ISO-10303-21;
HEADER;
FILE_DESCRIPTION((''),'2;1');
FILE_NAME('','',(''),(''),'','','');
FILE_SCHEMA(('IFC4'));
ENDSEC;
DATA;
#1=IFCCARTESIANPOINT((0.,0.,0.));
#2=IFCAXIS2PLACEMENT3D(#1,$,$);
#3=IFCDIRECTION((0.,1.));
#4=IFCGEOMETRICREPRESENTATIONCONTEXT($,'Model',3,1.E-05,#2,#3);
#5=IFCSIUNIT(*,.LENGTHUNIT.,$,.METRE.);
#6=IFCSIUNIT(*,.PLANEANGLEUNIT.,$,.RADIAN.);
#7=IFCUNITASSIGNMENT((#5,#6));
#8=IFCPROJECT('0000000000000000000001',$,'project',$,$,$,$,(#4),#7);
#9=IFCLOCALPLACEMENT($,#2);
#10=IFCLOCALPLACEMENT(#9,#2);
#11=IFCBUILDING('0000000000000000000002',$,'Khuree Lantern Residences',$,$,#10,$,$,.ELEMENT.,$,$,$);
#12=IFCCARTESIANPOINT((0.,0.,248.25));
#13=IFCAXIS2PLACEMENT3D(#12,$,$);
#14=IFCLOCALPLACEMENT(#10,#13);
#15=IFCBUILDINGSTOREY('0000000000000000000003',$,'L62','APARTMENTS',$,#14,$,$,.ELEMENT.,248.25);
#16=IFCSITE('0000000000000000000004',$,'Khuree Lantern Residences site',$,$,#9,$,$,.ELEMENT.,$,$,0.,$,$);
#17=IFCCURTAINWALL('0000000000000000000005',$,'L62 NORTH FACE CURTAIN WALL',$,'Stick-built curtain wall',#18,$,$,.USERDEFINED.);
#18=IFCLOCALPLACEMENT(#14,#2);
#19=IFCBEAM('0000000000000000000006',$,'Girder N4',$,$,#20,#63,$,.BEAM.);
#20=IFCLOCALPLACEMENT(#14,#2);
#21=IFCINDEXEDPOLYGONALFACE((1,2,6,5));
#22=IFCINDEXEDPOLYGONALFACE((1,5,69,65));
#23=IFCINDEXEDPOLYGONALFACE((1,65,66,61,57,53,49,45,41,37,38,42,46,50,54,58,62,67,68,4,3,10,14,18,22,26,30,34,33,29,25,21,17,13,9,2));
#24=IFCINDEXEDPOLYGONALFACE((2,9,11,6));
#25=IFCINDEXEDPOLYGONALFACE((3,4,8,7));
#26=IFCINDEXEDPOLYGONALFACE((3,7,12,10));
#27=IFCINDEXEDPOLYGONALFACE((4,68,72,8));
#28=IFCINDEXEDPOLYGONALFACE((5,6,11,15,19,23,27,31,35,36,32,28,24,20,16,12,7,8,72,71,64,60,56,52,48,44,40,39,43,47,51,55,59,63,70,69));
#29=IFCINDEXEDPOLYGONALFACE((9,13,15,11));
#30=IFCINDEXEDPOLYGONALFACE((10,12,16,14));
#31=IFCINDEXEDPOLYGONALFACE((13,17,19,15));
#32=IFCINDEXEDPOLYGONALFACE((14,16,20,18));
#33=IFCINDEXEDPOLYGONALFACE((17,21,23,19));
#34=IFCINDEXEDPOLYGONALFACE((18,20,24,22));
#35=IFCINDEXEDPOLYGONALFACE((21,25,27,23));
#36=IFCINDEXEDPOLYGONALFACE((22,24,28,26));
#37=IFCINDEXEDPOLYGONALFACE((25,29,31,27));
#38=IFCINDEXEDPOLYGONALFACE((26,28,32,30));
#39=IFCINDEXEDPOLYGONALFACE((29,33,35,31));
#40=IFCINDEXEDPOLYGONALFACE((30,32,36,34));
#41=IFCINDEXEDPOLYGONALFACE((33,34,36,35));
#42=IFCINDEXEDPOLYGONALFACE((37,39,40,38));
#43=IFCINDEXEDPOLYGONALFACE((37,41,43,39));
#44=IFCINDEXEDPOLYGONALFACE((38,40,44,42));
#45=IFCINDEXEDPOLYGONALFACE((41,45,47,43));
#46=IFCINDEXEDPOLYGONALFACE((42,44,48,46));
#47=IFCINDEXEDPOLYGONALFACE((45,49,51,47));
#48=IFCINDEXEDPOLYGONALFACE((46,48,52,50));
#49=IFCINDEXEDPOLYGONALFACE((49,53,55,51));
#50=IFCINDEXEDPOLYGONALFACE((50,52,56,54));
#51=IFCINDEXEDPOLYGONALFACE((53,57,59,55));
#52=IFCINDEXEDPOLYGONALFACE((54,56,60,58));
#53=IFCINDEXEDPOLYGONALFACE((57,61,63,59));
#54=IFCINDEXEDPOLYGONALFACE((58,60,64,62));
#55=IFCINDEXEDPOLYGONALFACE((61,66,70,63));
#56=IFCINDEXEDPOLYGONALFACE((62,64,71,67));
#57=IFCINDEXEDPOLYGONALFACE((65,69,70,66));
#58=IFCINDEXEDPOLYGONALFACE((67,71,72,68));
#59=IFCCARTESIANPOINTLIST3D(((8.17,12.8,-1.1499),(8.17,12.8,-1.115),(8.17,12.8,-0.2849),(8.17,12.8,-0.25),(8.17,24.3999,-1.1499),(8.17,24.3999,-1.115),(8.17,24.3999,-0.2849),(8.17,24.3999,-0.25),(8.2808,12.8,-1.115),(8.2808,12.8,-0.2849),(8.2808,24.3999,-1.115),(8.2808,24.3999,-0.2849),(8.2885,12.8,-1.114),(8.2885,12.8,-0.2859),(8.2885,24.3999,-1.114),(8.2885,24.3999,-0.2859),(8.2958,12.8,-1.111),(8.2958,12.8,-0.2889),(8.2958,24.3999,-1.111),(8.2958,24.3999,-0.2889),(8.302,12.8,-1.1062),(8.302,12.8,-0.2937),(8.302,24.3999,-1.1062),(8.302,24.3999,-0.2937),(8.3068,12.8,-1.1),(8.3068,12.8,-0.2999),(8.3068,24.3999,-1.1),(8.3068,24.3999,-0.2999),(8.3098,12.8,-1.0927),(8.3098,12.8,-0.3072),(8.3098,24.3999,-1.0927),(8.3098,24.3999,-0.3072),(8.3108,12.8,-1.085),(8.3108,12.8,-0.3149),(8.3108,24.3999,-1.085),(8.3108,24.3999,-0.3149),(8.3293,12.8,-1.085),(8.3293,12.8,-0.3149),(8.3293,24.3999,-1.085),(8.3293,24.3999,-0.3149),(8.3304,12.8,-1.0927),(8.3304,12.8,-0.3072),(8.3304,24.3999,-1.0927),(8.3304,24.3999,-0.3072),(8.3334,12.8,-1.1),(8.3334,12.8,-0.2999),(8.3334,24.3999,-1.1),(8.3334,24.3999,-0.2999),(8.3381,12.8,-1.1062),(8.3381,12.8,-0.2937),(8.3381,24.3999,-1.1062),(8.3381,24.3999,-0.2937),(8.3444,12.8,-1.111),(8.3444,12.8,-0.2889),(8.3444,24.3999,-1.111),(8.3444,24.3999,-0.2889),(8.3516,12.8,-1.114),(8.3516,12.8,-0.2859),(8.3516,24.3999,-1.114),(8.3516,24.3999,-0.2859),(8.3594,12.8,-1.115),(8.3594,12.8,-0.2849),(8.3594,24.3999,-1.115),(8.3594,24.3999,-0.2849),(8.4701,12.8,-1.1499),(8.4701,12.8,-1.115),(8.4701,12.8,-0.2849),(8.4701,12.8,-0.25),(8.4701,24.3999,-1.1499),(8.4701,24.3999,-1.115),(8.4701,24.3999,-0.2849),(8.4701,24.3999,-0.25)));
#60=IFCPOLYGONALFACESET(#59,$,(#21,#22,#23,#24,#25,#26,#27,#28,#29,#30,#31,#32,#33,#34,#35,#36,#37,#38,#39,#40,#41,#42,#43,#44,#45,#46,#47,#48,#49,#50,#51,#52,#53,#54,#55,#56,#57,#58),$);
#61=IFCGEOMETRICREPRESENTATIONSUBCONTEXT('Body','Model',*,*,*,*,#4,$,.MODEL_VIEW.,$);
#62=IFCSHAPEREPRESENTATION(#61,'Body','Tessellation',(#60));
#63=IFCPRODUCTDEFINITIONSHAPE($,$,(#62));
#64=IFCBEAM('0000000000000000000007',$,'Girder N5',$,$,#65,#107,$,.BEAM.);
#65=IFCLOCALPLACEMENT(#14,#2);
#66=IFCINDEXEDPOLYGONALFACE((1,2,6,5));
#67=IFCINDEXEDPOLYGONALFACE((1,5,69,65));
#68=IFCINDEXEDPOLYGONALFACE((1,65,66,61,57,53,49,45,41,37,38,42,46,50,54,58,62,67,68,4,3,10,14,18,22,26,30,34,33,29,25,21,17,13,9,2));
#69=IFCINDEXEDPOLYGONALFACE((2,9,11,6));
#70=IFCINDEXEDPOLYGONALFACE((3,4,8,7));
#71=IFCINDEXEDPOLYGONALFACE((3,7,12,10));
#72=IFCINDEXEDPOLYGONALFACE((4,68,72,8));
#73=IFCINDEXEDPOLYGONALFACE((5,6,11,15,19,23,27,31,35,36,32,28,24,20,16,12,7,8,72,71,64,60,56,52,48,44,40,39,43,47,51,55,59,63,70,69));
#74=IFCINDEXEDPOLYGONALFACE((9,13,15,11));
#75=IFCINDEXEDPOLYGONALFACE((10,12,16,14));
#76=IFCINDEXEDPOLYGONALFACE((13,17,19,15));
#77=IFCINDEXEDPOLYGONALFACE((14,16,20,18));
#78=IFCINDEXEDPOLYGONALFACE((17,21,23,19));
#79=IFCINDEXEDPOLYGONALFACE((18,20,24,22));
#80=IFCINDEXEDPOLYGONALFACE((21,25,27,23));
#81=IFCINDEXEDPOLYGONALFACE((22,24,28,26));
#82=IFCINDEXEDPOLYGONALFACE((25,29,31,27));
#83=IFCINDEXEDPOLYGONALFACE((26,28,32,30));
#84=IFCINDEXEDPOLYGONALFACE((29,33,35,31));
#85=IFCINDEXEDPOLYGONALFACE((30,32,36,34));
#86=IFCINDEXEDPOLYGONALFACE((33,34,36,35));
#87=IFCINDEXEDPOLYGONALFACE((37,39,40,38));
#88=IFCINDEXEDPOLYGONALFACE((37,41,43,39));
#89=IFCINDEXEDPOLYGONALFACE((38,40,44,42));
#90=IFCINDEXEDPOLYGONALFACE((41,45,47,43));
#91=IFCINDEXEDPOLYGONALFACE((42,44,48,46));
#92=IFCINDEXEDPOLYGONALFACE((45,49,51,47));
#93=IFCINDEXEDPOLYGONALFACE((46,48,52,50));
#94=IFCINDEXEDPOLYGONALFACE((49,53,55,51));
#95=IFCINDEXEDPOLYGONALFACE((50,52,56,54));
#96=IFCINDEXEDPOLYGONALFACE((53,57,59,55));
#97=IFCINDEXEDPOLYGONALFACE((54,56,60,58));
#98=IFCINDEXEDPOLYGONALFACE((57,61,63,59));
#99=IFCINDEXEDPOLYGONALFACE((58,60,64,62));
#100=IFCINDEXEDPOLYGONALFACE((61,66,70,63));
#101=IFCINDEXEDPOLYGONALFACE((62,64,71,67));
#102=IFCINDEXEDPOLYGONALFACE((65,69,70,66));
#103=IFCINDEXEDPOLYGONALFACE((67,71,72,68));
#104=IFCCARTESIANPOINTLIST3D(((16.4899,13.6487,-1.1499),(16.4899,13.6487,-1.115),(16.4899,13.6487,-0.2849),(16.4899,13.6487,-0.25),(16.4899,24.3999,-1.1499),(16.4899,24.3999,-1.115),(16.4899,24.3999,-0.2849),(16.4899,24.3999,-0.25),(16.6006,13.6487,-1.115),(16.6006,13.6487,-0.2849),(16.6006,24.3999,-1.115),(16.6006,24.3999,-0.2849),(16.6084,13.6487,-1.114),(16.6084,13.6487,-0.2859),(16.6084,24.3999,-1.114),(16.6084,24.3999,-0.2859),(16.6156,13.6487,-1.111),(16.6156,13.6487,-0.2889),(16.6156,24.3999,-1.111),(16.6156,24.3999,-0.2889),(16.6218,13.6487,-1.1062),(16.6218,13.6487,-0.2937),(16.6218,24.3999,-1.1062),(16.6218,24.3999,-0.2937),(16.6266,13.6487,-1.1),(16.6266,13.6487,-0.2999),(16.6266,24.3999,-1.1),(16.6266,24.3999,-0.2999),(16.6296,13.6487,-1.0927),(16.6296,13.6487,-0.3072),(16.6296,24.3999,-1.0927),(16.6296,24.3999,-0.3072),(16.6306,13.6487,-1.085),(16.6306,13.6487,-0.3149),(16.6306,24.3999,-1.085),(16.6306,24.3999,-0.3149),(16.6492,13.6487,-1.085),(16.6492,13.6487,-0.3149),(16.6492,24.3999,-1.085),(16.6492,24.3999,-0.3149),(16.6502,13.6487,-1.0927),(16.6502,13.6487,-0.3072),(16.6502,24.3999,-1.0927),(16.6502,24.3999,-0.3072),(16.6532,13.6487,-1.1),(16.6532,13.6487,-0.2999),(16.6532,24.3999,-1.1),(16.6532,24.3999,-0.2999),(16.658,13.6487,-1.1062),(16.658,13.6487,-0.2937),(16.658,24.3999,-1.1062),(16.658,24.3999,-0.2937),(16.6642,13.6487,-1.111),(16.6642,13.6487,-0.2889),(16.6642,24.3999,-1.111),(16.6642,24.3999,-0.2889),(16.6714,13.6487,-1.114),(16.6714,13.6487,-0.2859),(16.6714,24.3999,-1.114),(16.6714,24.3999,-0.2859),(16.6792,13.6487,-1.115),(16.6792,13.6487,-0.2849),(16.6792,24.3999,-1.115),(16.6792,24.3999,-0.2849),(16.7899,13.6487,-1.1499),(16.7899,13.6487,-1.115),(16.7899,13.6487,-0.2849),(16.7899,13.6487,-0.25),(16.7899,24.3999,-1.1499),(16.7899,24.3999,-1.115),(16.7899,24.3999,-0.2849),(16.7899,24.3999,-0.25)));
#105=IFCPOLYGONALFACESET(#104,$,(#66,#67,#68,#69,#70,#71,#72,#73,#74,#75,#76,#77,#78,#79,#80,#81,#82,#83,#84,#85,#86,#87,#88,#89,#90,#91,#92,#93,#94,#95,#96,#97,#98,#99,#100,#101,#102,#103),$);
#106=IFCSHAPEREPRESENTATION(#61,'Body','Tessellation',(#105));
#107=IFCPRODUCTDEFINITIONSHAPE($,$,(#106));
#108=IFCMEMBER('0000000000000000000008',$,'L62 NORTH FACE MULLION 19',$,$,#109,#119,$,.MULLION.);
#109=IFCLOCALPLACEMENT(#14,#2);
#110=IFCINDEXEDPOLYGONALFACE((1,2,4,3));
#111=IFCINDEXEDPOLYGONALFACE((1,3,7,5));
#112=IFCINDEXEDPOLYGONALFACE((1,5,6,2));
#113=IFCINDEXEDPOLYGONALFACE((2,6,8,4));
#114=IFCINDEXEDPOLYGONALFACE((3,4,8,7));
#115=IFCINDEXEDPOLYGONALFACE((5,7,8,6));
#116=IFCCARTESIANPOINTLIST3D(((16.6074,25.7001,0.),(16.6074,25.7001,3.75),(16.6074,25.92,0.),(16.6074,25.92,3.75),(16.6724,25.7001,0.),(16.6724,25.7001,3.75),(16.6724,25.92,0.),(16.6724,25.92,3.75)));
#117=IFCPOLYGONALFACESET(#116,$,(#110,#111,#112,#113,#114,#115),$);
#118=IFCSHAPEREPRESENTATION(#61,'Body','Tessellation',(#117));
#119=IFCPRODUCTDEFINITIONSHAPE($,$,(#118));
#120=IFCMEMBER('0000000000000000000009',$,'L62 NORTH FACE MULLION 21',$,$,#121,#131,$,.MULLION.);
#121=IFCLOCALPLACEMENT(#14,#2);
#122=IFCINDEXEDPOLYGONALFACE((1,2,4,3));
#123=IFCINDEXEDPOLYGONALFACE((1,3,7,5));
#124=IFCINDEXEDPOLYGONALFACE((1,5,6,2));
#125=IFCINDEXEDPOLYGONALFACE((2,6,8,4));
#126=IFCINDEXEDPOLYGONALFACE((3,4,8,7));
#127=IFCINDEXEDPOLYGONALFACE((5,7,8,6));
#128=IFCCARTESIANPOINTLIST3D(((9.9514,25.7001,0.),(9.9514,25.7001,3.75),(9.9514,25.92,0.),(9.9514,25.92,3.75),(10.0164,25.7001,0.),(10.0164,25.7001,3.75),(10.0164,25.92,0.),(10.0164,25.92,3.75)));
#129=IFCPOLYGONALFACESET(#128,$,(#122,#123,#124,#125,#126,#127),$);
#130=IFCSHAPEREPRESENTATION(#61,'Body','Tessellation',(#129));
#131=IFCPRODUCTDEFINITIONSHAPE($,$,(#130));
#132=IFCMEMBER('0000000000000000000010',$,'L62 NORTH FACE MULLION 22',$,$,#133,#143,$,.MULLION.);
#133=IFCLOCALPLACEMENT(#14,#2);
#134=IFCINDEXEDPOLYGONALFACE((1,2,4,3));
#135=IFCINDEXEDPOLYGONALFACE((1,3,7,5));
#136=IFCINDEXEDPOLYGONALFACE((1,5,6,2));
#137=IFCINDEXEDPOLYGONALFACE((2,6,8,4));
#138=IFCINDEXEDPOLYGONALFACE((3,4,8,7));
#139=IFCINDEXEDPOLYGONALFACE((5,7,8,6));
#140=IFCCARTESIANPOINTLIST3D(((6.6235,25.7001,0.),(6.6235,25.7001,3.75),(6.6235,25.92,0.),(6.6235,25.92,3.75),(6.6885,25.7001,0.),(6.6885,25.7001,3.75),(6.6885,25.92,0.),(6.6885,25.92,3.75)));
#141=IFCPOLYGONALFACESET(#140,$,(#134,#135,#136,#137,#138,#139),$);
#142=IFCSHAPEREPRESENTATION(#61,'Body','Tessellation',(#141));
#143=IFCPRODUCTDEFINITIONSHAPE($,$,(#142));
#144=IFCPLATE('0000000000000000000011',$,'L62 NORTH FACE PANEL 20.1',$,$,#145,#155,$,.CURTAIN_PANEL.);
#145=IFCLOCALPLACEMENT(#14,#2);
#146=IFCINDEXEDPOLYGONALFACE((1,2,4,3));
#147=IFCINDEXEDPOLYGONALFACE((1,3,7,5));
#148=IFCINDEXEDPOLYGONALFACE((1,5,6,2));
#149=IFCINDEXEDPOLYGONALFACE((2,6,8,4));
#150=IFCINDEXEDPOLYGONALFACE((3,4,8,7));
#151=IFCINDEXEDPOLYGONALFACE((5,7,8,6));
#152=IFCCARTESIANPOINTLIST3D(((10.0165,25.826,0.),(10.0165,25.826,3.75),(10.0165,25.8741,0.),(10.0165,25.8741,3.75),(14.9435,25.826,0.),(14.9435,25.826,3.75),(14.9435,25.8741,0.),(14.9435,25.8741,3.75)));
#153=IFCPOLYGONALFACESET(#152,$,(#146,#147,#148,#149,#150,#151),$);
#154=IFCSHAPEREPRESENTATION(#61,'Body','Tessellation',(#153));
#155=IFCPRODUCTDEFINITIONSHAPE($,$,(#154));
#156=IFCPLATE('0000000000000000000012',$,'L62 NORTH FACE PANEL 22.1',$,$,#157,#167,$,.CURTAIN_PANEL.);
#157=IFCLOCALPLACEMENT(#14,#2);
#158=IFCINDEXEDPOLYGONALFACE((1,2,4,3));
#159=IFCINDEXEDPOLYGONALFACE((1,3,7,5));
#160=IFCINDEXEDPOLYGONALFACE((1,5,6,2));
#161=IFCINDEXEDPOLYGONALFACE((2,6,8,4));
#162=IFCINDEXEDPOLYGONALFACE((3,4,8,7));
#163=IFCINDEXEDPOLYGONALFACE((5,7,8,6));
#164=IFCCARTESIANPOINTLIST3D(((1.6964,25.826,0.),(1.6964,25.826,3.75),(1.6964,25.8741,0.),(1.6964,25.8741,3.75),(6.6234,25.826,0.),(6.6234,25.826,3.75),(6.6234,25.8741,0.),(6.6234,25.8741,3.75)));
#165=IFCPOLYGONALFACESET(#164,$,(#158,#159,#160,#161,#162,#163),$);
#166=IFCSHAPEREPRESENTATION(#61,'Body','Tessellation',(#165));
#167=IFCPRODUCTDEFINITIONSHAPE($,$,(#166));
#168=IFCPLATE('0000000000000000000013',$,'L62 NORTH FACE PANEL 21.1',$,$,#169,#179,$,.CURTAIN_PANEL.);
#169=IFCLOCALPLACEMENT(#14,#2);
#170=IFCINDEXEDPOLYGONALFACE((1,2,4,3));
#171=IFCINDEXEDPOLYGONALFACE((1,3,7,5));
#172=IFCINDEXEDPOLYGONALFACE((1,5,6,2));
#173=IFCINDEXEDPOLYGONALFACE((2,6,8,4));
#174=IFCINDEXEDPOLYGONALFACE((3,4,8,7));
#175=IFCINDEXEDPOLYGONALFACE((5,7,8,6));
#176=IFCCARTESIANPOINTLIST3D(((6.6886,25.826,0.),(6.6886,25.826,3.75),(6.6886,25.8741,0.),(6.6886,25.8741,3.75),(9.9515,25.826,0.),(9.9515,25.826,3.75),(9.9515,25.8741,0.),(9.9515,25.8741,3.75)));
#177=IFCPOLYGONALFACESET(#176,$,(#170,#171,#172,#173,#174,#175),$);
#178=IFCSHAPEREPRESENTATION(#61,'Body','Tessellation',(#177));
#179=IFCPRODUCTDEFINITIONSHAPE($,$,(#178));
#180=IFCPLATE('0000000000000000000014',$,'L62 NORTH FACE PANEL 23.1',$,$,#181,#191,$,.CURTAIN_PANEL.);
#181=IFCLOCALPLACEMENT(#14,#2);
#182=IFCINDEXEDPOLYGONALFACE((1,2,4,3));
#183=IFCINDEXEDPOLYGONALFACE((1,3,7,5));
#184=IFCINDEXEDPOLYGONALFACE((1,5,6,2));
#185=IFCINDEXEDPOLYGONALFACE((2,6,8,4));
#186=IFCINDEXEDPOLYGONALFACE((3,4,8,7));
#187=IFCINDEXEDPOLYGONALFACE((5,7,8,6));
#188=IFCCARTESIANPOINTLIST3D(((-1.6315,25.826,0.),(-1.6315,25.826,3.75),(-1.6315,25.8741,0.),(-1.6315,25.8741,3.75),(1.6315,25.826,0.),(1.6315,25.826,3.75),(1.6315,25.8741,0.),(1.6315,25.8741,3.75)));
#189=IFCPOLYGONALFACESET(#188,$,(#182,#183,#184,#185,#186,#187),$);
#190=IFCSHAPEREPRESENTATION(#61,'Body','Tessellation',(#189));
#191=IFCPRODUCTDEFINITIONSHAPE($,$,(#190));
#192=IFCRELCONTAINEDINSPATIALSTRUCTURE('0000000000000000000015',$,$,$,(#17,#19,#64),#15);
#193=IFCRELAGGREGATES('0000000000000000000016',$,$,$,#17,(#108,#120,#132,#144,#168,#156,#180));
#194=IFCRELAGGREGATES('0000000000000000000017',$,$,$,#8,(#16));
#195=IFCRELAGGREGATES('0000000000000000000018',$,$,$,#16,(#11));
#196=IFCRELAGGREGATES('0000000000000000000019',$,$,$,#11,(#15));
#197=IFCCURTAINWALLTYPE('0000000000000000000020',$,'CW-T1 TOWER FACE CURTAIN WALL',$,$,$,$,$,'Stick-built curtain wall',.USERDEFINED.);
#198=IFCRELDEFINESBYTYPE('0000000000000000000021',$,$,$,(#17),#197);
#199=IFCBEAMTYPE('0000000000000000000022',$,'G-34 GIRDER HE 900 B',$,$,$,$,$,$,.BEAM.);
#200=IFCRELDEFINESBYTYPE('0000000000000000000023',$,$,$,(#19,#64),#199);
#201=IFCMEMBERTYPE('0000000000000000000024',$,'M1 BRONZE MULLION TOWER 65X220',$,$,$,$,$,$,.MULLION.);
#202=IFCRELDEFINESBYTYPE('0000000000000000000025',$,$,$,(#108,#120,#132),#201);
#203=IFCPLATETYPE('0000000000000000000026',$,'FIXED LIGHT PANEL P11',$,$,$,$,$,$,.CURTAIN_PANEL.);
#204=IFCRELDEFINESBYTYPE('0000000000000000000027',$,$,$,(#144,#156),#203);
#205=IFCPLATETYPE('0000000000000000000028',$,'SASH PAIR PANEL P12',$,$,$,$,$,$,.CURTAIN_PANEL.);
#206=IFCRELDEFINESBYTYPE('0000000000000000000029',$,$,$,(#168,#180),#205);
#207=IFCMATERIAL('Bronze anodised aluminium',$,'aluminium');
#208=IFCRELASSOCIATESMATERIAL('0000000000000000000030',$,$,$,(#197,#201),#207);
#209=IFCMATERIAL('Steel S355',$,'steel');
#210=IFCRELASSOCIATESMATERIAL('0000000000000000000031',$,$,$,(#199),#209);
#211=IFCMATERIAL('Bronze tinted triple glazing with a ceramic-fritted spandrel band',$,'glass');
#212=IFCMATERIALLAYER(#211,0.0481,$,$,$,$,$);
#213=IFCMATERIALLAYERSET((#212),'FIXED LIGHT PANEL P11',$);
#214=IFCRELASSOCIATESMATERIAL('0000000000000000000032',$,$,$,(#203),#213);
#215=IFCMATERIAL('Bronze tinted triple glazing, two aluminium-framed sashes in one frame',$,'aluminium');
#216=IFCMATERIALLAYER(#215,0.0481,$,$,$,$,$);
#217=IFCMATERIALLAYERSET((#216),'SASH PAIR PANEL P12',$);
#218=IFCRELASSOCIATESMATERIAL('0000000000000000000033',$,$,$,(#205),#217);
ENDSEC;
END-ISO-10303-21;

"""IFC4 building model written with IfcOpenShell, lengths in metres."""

from ifc_helpers import new_model, si_unit, direction, frame, origin, origin_2d, place, context, subcontext, project, spatial, rectangle, i_section, extrude, material, layer, layer_set, material_profile, profile_set, type_object, element, aggregate, save


model = new_model("IFC4")

# Units and contexts
model_context = context("Model", 3, precision=1e-05, world=origin(), true_north=direction((0.0, 1.0)))
body_context = subcontext(model_context, "Body", "Model", "MODEL_VIEW")
ifc_project = project(units=[si_unit("LENGTHUNIT", "METRE"), si_unit("PLANEANGLEUNIT", "RADIAN")], contexts=[model_context])

# Site, building, storey
site_placement = place(None, origin())
site = spatial("IfcSite", under=ifc_project, at=site_placement, Name="Khuree Lantern Residences site", CompositionType="ELEMENT", RefElevation=0.0)
building_placement = place(site_placement, origin())
building = spatial("IfcBuilding", under=site, at=building_placement, Name="Khuree Lantern Residences", CompositionType="ELEMENT")
storey_placement = place(building_placement, frame((0.0, 0.0, 248.25)))
storey = spatial("IfcBuildingStorey", under=building, at=storey_placement, Name="L62", Description="APARTMENTS", CompositionType="ELEMENT", Elevation=248.25)

# Shared definitions
ifc_material_1 = material(Name="Steel S355", Category="steel")

# Curtain wall
ifc_material_2 = material(Name="Bronze anodised aluminium", Category="aluminium")
curtain_wall_type = type_object("IfcCurtainWallType", Name="CW-T1 TOWER FACE CURTAIN WALL", ElementType="Stick-built curtain wall", PredefinedType="USERDEFINED", material=ifc_material_2)
curtain_wall_placement = place(storey_placement, origin())
curtain_wall = element("IfcCurtainWall", 1, at=curtain_wall_placement, inside=storey, type_object=curtain_wall_type, Name="L62 NORTH FACE CURTAIN WALL", ObjectType="Stick-built curtain wall", PredefinedType="USERDEFINED")

# Beams
ifc_material_profile_1 = material_profile(ifc_material_1, i_section(OverallWidth=0.3, OverallDepth=0.8999, WebThickness=0.0186, FlangeThickness=0.0349, FilletRadius=0.03, at=origin_2d()), Name="HE 900 B")
ifc_profile_set_1 = profile_set([ifc_material_profile_1], Name="Steel S355")
beam_type_1 = type_object("IfcBeamType", Name="G-34 GIRDER HE 900 B", PredefinedType="BEAM", material=ifc_profile_set_1)
for number, where, z_axis, x_axis, name in (
    (2, (8.3201, 24.3999, -0.7), (0.0, -1.0, 0.0), (1.0, 0.0, 0.0), "Girder N4"),
):
    element("IfcBeam", number, at=place(storey_placement, frame(where, z_axis=z_axis, x_axis=x_axis)), inside=storey, type_object=beam_type_1, Name=name, PredefinedType="BEAM", context=body_context, shape_type="SweptSolid", body=[
        extrude(i_section(OverallWidth=0.3, OverallDepth=0.8999, WebThickness=0.0186, FlangeThickness=0.0349, FilletRadius=0.03, at=origin_2d()), origin(), (0.0, 0.0, 1.0), 11.5999),
    ])
beam_1_placement = place(storey_placement, frame((16.6399, 24.3999, -0.7), z_axis=(0.0, -1.0, 0.0), x_axis=(1.0, 0.0, 0.0)))
element("IfcBeam", 3, at=beam_1_placement, inside=storey, type_object=beam_type_1, Name="Girder N5", PredefinedType="BEAM", context=body_context, shape_type="SweptSolid", body=[
    extrude(i_section(OverallWidth=0.3, OverallDepth=0.8999, WebThickness=0.0186, FlangeThickness=0.0349, FilletRadius=0.03, at=origin_2d()), origin(), (0.0, 0.0, 1.0), 10.7512),
])

# Members
ifc_material_profile_2 = material_profile(ifc_material_2, rectangle(XDim=0.0649, YDim=0.22, at=origin_2d()), Name="M1 65X220")
ifc_profile_set_2 = profile_set([ifc_material_profile_2], Name="Bronze anodised aluminium")
member_type_1 = type_object("IfcMemberType", Name="M1 BRONZE MULLION TOWER 65X220", PredefinedType="MULLION", material=ifc_profile_set_2)
member_1_placement = place(storey_placement, frame((16.6399, 25.8101, 0.0), z_axis=(0.0, 0.0, 1.0), x_axis=(-1.0, 0.0, 0.0)))
member_1 = element("IfcMember", 4, at=member_1_placement, type_object=member_type_1, Name="L62 NORTH FACE MULLION 19", PredefinedType="MULLION", context=body_context, shape_type="SweptSolid", body=[
    extrude(rectangle(XDim=0.0649, YDim=0.22, at=origin_2d()), origin(), (0.0, 0.0, 1.0), 3.75),
])
member_2_placement = place(storey_placement, frame((9.9839, 25.8101, 0.0), z_axis=(0.0, 0.0, 1.0), x_axis=(-1.0, 0.0, 0.0)))
member_2 = element("IfcMember", 5, at=member_2_placement, type_object=member_type_1, Name="L62 NORTH FACE MULLION 21", PredefinedType="MULLION", context=body_context, shape_type="SweptSolid", body=[
    extrude(rectangle(XDim=0.0649, YDim=0.22, at=origin_2d()), origin(), (0.0, 0.0, 1.0), 3.75),
])
member_3_placement = place(storey_placement, frame((6.656, 25.8101, 0.0), z_axis=(0.0, 0.0, 1.0), x_axis=(-1.0, 0.0, 0.0)))
member_3 = element("IfcMember", 6, at=member_3_placement, type_object=member_type_1, Name="L62 NORTH FACE MULLION 22", PredefinedType="MULLION", context=body_context, shape_type="SweptSolid", body=[
    extrude(rectangle(XDim=0.0649, YDim=0.22, at=origin_2d()), origin(), (0.0, 0.0, 1.0), 3.75),
])

# Plates
ifc_material_3 = material(Name="Bronze tinted triple glazing with a ceramic-fritted spandrel band", Category="glass")
ifc_layer_1 = layer(ifc_material_3, 0.0481)
ifc_layer_set_1 = layer_set([ifc_layer_1], Name="FIXED LIGHT PANEL P11")
plate_type_1 = type_object("IfcPlateType", Name="FIXED LIGHT PANEL P11", PredefinedType="CURTAIN_PANEL", material=ifc_layer_set_1)
plate_1_placement = place(storey_placement, frame((12.48, 25.8501, 0.0), z_axis=(0.0, 0.0, 1.0), x_axis=(-1.0, 0.0, 0.0)))
plate_1 = element("IfcPlate", 7, at=plate_1_placement, type_object=plate_type_1, Name="L62 NORTH FACE PANEL 20.1", PredefinedType="CURTAIN_PANEL", context=body_context, shape_type="SweptSolid", body=[
    extrude(rectangle(XDim=4.927, YDim=0.0481, at=origin_2d()), origin(), (0.0, 0.0, 1.0), 3.75),
])
plate_2_placement = place(storey_placement, frame((4.1599, 25.8501, 0.0), z_axis=(0.0, 0.0, 1.0), x_axis=(-1.0, 0.0, 0.0)))
plate_2 = element("IfcPlate", 8, at=plate_2_placement, type_object=plate_type_1, Name="L62 NORTH FACE PANEL 22.1", PredefinedType="CURTAIN_PANEL", context=body_context, shape_type="SweptSolid", body=[
    extrude(rectangle(XDim=4.927, YDim=0.0481, at=origin_2d()), origin(), (0.0, 0.0, 1.0), 3.75),
])
ifc_material_4 = material(Name="Bronze tinted triple glazing, two aluminium-framed sashes in one frame", Category="aluminium")
ifc_layer_2 = layer(ifc_material_4, 0.0481)
ifc_layer_set_2 = layer_set([ifc_layer_2], Name="SASH PAIR PANEL P12")
plate_type_2 = type_object("IfcPlateType", Name="SASH PAIR PANEL P12", PredefinedType="CURTAIN_PANEL", material=ifc_layer_set_2)
plate_3_placement = place(storey_placement, frame((8.3201, 25.8501, 0.0), z_axis=(0.0, 0.0, 1.0), x_axis=(-1.0, 0.0, 0.0)))
plate_3 = element("IfcPlate", 9, at=plate_3_placement, type_object=plate_type_2, Name="L62 NORTH FACE PANEL 21.1", PredefinedType="CURTAIN_PANEL", context=body_context, shape_type="SweptSolid", body=[
    extrude(rectangle(XDim=3.2629, YDim=0.0481, at=origin_2d()), origin(), (0.0, 0.0, 1.0), 3.75),
])
plate_4_placement = place(storey_placement, frame((0.0, 25.8501, 0.0), z_axis=(0.0, 0.0, 1.0), x_axis=(-1.0, 0.0, 0.0)))
plate_4 = element("IfcPlate", 10, at=plate_4_placement, type_object=plate_type_2, Name="L62 NORTH FACE PANEL 23.1", PredefinedType="CURTAIN_PANEL", context=body_context, shape_type="SweptSolid", body=[
    extrude(rectangle(XDim=3.2629, YDim=0.0481, at=origin_2d()), origin(), (0.0, 0.0, 1.0), 3.75),
])
aggregate(curtain_wall, [member_1, member_2, member_3, plate_1, plate_3, plate_2, plate_4])

save(model, "model.ifc")
